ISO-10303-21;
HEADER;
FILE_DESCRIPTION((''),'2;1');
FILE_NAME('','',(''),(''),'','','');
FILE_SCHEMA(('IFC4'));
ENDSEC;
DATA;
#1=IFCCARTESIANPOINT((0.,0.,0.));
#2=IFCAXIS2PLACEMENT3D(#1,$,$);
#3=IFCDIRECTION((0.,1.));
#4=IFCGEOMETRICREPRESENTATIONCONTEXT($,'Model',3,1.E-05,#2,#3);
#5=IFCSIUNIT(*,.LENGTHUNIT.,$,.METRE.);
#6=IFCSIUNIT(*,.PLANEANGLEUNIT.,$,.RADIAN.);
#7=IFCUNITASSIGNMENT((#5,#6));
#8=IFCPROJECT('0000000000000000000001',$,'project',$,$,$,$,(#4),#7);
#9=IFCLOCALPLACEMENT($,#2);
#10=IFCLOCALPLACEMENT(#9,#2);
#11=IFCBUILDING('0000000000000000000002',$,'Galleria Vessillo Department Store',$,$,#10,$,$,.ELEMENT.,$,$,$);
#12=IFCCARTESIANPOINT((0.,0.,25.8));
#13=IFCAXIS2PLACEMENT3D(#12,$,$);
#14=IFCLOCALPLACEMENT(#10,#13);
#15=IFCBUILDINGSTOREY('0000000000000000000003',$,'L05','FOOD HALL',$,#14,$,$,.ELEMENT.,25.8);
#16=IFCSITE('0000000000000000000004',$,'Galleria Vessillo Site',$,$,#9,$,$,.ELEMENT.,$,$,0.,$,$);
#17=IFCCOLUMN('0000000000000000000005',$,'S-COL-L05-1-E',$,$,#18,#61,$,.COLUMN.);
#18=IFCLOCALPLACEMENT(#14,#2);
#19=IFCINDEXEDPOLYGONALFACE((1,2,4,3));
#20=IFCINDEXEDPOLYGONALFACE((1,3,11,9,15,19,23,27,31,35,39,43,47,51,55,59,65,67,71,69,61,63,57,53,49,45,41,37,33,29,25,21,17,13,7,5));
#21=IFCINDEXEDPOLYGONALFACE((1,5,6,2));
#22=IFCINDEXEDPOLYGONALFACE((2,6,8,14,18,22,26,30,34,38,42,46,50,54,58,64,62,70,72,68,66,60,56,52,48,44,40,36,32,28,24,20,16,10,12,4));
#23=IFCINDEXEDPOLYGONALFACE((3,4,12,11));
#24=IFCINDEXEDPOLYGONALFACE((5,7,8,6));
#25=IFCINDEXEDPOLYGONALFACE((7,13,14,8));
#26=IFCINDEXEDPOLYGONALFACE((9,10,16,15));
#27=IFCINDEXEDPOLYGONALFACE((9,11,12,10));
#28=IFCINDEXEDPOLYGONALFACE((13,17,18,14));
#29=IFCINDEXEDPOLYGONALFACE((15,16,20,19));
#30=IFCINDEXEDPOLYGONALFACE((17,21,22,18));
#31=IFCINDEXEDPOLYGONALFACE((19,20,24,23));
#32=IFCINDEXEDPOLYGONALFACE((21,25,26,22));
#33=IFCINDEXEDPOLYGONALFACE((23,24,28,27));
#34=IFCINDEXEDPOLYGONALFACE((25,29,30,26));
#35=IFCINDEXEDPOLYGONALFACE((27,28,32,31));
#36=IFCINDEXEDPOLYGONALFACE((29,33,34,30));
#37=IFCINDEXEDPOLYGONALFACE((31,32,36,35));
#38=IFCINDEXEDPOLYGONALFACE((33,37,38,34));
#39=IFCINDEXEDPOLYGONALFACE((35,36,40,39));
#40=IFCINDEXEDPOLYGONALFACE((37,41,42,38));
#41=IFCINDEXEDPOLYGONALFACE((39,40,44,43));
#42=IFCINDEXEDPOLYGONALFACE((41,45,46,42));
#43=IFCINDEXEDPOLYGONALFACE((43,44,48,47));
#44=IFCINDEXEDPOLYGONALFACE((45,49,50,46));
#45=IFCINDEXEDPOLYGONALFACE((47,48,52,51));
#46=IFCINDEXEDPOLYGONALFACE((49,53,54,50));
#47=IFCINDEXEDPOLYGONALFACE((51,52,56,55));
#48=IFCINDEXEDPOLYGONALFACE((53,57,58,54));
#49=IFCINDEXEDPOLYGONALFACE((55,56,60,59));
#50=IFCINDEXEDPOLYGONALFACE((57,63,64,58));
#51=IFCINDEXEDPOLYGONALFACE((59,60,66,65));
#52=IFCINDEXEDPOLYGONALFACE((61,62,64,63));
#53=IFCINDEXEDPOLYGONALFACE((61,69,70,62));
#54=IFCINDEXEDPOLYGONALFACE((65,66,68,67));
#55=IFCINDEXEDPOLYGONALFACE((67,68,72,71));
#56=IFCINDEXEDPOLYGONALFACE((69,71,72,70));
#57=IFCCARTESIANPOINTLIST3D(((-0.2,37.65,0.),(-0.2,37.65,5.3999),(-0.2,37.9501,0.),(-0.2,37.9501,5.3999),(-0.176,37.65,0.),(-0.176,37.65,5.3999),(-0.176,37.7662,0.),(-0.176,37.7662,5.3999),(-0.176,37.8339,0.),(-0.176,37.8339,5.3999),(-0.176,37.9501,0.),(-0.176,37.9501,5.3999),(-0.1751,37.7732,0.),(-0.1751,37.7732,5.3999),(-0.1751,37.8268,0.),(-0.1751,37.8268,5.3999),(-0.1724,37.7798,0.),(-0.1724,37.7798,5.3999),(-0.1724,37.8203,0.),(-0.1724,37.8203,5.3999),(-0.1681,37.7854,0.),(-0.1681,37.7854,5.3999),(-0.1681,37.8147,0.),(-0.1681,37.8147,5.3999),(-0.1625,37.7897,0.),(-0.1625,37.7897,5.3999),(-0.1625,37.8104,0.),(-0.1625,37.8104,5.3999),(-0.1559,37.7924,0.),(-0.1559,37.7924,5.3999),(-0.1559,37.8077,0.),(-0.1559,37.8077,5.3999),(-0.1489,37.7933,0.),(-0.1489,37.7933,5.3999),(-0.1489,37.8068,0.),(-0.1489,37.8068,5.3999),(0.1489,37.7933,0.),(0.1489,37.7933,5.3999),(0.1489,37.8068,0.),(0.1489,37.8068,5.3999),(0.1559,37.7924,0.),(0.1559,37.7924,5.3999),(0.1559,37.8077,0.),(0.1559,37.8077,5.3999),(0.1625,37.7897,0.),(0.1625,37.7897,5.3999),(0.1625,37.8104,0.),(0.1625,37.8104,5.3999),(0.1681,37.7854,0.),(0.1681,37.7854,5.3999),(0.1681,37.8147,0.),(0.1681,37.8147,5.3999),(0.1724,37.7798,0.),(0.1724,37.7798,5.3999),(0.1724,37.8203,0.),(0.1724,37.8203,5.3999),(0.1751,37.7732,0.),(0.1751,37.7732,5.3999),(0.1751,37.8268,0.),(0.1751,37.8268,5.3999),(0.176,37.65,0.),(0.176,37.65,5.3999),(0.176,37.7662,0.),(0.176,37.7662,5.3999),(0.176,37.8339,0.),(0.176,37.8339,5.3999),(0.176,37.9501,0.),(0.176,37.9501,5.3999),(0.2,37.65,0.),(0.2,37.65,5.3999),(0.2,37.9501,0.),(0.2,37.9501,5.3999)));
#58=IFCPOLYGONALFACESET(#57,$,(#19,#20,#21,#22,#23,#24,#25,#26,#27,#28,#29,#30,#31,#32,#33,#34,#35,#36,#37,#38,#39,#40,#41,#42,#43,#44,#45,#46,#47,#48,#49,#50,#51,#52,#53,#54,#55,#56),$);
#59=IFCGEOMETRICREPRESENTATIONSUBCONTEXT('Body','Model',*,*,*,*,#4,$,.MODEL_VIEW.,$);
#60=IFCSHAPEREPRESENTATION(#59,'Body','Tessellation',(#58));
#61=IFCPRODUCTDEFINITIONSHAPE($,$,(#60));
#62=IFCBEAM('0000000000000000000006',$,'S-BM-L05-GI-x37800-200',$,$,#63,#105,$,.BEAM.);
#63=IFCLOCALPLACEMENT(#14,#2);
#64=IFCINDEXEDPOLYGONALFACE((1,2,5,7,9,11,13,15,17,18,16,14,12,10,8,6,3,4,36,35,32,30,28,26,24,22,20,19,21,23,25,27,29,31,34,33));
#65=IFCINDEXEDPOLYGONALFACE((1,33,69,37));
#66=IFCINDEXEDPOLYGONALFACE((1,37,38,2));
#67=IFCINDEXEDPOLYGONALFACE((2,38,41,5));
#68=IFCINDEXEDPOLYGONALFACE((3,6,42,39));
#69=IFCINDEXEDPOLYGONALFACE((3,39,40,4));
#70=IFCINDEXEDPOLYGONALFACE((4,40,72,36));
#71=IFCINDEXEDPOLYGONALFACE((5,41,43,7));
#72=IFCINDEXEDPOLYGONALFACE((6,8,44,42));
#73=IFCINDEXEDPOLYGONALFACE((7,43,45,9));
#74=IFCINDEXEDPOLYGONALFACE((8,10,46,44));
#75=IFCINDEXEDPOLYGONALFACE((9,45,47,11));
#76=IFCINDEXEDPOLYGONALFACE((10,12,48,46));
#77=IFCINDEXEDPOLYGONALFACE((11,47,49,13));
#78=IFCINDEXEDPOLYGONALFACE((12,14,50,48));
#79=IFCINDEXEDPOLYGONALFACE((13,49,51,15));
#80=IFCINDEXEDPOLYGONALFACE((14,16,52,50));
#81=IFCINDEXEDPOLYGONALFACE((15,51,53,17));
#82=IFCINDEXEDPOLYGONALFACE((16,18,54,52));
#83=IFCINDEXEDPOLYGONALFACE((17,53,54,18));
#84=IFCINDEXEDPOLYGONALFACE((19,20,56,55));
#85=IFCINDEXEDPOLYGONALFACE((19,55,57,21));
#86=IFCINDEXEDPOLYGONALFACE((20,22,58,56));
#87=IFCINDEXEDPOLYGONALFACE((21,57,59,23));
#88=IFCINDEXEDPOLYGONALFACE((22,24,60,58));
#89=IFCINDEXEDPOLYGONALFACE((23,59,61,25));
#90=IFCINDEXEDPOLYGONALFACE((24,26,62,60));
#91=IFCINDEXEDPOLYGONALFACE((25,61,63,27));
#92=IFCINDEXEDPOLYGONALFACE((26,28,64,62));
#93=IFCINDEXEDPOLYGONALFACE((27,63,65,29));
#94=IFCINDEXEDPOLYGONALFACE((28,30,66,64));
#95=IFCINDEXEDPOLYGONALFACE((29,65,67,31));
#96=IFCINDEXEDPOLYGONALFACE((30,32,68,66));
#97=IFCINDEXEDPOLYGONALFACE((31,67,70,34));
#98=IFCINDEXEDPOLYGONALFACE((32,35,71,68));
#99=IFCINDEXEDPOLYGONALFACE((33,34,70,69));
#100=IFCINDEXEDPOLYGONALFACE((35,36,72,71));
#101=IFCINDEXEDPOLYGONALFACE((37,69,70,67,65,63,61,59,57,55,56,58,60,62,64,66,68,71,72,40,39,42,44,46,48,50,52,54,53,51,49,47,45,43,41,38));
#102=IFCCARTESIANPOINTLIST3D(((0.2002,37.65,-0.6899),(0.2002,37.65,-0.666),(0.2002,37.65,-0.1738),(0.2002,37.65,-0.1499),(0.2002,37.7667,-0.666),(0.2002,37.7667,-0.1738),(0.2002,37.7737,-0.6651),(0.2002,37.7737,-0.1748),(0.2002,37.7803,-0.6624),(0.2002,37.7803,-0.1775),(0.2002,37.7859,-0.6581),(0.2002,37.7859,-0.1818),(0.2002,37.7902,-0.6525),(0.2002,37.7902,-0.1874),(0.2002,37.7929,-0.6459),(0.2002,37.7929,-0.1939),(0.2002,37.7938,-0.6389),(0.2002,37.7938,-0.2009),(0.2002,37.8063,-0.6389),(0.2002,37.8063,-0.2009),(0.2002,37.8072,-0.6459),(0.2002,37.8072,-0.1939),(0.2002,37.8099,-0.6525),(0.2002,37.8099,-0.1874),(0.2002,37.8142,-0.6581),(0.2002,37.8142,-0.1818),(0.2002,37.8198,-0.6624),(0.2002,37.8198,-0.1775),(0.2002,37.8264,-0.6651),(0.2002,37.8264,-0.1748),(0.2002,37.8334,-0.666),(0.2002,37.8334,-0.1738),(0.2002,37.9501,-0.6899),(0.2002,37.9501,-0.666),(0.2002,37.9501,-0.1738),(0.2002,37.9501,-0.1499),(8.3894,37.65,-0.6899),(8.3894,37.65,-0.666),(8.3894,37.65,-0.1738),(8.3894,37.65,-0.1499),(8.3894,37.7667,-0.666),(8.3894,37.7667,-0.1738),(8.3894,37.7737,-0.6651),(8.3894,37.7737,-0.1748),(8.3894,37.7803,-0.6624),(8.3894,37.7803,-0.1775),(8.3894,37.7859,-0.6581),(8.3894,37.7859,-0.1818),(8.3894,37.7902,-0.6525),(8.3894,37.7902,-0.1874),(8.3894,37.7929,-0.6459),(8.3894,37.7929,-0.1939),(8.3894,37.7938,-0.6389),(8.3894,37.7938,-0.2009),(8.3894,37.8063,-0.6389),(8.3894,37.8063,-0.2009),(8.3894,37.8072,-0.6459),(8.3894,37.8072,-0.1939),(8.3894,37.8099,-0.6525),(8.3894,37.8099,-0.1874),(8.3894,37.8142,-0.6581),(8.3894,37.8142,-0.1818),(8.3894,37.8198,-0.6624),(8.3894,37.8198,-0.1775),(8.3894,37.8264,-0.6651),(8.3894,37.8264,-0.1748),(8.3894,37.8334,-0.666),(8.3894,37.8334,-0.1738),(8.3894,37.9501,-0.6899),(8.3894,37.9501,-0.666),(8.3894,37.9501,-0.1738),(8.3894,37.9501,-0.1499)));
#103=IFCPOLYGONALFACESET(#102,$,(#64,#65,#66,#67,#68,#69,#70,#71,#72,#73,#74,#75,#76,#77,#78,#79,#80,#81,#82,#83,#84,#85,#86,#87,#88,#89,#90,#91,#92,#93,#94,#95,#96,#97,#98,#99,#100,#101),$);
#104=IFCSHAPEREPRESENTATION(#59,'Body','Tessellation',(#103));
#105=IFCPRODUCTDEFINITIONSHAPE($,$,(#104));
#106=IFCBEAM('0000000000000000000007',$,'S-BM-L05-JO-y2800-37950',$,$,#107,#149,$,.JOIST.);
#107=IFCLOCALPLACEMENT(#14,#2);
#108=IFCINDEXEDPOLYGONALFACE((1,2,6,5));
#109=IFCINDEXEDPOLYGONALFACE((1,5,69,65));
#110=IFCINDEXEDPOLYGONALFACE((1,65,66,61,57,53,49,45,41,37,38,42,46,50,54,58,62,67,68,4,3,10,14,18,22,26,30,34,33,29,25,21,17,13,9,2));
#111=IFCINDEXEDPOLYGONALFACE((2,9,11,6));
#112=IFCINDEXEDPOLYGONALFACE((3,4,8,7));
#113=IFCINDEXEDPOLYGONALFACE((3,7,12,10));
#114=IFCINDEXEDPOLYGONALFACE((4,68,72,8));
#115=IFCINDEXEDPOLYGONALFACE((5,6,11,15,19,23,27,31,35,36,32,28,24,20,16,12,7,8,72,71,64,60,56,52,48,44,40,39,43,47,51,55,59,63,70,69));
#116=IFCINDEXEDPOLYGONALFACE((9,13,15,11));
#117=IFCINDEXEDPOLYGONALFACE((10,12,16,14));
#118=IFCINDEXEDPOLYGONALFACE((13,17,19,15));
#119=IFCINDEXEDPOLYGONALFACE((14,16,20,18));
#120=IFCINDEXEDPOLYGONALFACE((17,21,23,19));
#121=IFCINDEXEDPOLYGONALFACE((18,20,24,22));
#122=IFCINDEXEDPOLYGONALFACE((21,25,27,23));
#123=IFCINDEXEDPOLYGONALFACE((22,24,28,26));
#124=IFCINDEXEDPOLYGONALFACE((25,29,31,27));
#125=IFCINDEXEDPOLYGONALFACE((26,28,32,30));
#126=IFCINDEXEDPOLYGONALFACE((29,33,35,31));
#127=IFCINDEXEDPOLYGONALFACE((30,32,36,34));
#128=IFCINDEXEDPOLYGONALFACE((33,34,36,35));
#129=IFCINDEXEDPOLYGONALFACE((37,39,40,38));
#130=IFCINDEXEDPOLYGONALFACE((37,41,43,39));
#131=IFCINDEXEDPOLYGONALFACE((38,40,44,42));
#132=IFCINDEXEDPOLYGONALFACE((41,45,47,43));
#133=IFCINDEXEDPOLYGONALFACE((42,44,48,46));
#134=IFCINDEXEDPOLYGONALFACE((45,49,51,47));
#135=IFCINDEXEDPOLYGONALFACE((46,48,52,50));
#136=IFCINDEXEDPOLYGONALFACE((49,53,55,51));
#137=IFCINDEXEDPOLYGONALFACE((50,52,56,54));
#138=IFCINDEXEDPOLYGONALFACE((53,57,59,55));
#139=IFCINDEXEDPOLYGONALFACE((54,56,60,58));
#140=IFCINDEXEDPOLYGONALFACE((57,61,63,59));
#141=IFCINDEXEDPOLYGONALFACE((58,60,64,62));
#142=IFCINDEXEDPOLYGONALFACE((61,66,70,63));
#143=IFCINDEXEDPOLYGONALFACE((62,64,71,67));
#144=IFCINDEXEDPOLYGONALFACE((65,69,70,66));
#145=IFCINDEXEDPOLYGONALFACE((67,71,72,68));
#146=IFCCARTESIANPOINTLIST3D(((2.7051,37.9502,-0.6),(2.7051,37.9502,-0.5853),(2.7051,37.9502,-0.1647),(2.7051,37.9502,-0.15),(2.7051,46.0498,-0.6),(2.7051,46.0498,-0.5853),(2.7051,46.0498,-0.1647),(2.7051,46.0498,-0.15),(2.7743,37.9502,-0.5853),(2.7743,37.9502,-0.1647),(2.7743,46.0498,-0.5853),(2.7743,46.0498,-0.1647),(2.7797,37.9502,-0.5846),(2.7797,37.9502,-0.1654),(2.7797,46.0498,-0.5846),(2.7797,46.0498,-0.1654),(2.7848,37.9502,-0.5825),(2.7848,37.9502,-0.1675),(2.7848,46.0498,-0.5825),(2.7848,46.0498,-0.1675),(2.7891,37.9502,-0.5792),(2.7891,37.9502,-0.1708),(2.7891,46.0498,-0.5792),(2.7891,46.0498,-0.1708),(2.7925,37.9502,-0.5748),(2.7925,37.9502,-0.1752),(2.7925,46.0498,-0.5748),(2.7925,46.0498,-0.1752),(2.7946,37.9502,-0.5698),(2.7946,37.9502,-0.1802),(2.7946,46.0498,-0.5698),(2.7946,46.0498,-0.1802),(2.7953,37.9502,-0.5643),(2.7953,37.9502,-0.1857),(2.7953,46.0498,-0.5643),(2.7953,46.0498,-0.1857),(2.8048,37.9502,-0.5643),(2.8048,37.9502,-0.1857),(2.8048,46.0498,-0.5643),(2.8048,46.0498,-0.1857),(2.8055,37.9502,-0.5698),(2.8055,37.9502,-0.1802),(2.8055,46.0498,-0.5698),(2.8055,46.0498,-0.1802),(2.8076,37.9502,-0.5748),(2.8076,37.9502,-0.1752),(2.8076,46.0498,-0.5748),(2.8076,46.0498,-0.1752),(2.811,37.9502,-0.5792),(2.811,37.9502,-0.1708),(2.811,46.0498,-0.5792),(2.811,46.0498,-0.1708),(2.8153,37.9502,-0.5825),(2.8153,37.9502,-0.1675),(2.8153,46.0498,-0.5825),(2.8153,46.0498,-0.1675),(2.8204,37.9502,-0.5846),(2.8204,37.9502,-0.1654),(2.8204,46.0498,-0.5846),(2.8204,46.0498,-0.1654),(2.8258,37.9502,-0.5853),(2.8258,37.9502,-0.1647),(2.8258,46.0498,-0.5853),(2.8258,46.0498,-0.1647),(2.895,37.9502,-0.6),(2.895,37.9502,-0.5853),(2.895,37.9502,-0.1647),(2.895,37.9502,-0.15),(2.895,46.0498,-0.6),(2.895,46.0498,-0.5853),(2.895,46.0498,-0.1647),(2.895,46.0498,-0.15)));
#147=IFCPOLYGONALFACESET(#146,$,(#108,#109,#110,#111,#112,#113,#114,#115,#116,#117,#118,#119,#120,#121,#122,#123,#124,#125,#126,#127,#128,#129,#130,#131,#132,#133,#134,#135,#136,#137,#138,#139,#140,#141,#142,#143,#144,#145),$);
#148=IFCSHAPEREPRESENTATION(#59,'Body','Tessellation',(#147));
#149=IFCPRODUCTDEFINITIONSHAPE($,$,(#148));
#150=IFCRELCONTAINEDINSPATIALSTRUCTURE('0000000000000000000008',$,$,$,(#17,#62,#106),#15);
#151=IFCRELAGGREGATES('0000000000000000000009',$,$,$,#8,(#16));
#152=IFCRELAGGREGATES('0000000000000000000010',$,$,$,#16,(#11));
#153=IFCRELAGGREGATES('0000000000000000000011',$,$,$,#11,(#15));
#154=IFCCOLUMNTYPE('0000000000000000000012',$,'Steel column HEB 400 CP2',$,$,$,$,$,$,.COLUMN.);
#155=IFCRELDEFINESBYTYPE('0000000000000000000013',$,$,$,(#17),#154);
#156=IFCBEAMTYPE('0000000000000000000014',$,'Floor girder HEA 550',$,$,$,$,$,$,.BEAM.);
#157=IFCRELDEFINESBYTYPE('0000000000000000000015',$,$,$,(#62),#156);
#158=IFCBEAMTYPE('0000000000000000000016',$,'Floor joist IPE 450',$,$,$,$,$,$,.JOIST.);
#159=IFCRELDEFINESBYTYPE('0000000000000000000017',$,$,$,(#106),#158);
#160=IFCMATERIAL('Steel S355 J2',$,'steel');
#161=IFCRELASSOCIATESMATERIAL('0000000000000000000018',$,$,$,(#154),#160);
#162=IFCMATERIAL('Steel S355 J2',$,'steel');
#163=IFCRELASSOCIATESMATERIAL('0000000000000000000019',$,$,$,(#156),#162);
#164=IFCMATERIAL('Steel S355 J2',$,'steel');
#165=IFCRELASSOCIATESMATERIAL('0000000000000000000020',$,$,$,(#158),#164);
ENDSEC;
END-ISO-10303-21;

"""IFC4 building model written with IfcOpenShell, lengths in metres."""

from ifc_helpers import new_model, si_unit, direction, frame, origin, origin_2d, place, context, subcontext, project, spatial, i_section, extrude, material, material_profile, profile_set, type_object, element, save


model = new_model("IFC4")

# Units and contexts
model_context = context("Model", 3, precision=1e-05, world=origin(), true_north=direction((0.0, 1.0)))
body_context = subcontext(model_context, "Body", "Model", "MODEL_VIEW")
ifc_project = project(units=[si_unit("LENGTHUNIT", "METRE"), si_unit("PLANEANGLEUNIT", "RADIAN")], contexts=[model_context])

# Site, building, storey
site_placement = place(None, origin())
site = spatial("IfcSite", under=ifc_project, at=site_placement, Name="Galleria Vessillo Site", CompositionType="ELEMENT", RefElevation=0.0)
building_placement = place(site_placement, origin())
building = spatial("IfcBuilding", under=site, at=building_placement, Name="Galleria Vessillo Department Store", CompositionType="ELEMENT")
storey_placement = place(building_placement, frame((0.0, 0.0, 25.8)))
storey = spatial("IfcBuildingStorey", under=building, at=storey_placement, Name="L05", Description="FOOD HALL", CompositionType="ELEMENT", Elevation=25.8)

# Column
ifc_material_1 = material(Name="Steel S355 J2", Category="steel")
ifc_material_profile_1 = material_profile(ifc_material_1, i_section(OverallWidth=0.3, OverallDepth=0.3999, WebThickness=0.0134, FlangeThickness=0.0239, FilletRadius=0.0271, at=origin_2d()), Name="HEB 400")
ifc_profile_set_1 = profile_set([ifc_material_profile_1], Name="Steel S355 J2")
column_type = type_object("IfcColumnType", Name="Steel column HEB 400 CP2", PredefinedType="COLUMN", material=ifc_profile_set_1)
column_placement = place(storey_placement, frame((0.0, 37.8, 0.0), z_axis=(0.0, 0.0, 1.0), x_axis=(0.0, 1.0, 0.0)))
element("IfcColumn", 1, at=column_placement, inside=storey, type_object=column_type, Name="S-COL-L05-1-E", PredefinedType="COLUMN", context=body_context, shape_type="SweptSolid", body=[
    extrude(i_section(OverallWidth=0.3, OverallDepth=0.3999, WebThickness=0.0134, FlangeThickness=0.0239, FilletRadius=0.0271, at=origin_2d()), origin(), (0.0, 0.0, 1.0), 5.3999),
])

# Beams
ifc_material_2 = material(Name="Steel S355 J2", Category="steel")
ifc_material_profile_2 = material_profile(ifc_material_2, i_section(OverallWidth=0.3, OverallDepth=0.54, WebThickness=0.0125, FlangeThickness=0.0239, FilletRadius=0.0271, at=origin_2d()), Name="HEA 550")
ifc_profile_set_2 = profile_set([ifc_material_profile_2], Name="Steel S355 J2")
beam_type_1 = type_object("IfcBeamType", Name="Floor girder HEA 550", PredefinedType="BEAM", material=ifc_profile_set_2)
beam_1_placement = place(storey_placement, frame((0.2002, 37.8, -0.4199), z_axis=(1.0, 0.0, 0.0), x_axis=(0.0, 1.0, 0.0)))
element("IfcBeam", 2, at=beam_1_placement, inside=storey, type_object=beam_type_1, Name="S-BM-L05-GI-x37800-200", PredefinedType="BEAM", context=body_context, shape_type="SweptSolid", body=[
    extrude(i_section(OverallWidth=0.3, OverallDepth=0.54, WebThickness=0.0125, FlangeThickness=0.0239, FilletRadius=0.0271, at=origin_2d()), origin(), (0.0, 0.0, 1.0), 8.1892),
])
ifc_material_3 = material(Name="Steel S355 J2", Category="steel")
ifc_material_profile_3 = material_profile(ifc_material_3, i_section(OverallWidth=0.1899, OverallDepth=0.45, WebThickness=0.0095, FlangeThickness=0.0146, FilletRadius=0.021, at=origin_2d()), Name="IPE 450")
ifc_profile_set_3 = profile_set([ifc_material_profile_3], Name="Steel S355 J2")
beam_type_2 = type_object("IfcBeamType", Name="Floor joist IPE 450", PredefinedType="JOIST", material=ifc_profile_set_3)
beam_2_placement = place(storey_placement, frame((2.8, 37.9502, -0.375), z_axis=(0.0, 1.0, 0.0), x_axis=(-1.0, 0.0, 0.0)))
element("IfcBeam", 3, at=beam_2_placement, inside=storey, type_object=beam_type_2, Name="S-BM-L05-JO-y2800-37950", PredefinedType="JOIST", context=body_context, shape_type="SweptSolid", body=[
    extrude(i_section(OverallWidth=0.1899, OverallDepth=0.45, WebThickness=0.0095, FlangeThickness=0.0146, FilletRadius=0.021, at=origin_2d()), origin(), (0.0, 0.0, 1.0), 8.0996),
])

save(model, "model.ifc")
